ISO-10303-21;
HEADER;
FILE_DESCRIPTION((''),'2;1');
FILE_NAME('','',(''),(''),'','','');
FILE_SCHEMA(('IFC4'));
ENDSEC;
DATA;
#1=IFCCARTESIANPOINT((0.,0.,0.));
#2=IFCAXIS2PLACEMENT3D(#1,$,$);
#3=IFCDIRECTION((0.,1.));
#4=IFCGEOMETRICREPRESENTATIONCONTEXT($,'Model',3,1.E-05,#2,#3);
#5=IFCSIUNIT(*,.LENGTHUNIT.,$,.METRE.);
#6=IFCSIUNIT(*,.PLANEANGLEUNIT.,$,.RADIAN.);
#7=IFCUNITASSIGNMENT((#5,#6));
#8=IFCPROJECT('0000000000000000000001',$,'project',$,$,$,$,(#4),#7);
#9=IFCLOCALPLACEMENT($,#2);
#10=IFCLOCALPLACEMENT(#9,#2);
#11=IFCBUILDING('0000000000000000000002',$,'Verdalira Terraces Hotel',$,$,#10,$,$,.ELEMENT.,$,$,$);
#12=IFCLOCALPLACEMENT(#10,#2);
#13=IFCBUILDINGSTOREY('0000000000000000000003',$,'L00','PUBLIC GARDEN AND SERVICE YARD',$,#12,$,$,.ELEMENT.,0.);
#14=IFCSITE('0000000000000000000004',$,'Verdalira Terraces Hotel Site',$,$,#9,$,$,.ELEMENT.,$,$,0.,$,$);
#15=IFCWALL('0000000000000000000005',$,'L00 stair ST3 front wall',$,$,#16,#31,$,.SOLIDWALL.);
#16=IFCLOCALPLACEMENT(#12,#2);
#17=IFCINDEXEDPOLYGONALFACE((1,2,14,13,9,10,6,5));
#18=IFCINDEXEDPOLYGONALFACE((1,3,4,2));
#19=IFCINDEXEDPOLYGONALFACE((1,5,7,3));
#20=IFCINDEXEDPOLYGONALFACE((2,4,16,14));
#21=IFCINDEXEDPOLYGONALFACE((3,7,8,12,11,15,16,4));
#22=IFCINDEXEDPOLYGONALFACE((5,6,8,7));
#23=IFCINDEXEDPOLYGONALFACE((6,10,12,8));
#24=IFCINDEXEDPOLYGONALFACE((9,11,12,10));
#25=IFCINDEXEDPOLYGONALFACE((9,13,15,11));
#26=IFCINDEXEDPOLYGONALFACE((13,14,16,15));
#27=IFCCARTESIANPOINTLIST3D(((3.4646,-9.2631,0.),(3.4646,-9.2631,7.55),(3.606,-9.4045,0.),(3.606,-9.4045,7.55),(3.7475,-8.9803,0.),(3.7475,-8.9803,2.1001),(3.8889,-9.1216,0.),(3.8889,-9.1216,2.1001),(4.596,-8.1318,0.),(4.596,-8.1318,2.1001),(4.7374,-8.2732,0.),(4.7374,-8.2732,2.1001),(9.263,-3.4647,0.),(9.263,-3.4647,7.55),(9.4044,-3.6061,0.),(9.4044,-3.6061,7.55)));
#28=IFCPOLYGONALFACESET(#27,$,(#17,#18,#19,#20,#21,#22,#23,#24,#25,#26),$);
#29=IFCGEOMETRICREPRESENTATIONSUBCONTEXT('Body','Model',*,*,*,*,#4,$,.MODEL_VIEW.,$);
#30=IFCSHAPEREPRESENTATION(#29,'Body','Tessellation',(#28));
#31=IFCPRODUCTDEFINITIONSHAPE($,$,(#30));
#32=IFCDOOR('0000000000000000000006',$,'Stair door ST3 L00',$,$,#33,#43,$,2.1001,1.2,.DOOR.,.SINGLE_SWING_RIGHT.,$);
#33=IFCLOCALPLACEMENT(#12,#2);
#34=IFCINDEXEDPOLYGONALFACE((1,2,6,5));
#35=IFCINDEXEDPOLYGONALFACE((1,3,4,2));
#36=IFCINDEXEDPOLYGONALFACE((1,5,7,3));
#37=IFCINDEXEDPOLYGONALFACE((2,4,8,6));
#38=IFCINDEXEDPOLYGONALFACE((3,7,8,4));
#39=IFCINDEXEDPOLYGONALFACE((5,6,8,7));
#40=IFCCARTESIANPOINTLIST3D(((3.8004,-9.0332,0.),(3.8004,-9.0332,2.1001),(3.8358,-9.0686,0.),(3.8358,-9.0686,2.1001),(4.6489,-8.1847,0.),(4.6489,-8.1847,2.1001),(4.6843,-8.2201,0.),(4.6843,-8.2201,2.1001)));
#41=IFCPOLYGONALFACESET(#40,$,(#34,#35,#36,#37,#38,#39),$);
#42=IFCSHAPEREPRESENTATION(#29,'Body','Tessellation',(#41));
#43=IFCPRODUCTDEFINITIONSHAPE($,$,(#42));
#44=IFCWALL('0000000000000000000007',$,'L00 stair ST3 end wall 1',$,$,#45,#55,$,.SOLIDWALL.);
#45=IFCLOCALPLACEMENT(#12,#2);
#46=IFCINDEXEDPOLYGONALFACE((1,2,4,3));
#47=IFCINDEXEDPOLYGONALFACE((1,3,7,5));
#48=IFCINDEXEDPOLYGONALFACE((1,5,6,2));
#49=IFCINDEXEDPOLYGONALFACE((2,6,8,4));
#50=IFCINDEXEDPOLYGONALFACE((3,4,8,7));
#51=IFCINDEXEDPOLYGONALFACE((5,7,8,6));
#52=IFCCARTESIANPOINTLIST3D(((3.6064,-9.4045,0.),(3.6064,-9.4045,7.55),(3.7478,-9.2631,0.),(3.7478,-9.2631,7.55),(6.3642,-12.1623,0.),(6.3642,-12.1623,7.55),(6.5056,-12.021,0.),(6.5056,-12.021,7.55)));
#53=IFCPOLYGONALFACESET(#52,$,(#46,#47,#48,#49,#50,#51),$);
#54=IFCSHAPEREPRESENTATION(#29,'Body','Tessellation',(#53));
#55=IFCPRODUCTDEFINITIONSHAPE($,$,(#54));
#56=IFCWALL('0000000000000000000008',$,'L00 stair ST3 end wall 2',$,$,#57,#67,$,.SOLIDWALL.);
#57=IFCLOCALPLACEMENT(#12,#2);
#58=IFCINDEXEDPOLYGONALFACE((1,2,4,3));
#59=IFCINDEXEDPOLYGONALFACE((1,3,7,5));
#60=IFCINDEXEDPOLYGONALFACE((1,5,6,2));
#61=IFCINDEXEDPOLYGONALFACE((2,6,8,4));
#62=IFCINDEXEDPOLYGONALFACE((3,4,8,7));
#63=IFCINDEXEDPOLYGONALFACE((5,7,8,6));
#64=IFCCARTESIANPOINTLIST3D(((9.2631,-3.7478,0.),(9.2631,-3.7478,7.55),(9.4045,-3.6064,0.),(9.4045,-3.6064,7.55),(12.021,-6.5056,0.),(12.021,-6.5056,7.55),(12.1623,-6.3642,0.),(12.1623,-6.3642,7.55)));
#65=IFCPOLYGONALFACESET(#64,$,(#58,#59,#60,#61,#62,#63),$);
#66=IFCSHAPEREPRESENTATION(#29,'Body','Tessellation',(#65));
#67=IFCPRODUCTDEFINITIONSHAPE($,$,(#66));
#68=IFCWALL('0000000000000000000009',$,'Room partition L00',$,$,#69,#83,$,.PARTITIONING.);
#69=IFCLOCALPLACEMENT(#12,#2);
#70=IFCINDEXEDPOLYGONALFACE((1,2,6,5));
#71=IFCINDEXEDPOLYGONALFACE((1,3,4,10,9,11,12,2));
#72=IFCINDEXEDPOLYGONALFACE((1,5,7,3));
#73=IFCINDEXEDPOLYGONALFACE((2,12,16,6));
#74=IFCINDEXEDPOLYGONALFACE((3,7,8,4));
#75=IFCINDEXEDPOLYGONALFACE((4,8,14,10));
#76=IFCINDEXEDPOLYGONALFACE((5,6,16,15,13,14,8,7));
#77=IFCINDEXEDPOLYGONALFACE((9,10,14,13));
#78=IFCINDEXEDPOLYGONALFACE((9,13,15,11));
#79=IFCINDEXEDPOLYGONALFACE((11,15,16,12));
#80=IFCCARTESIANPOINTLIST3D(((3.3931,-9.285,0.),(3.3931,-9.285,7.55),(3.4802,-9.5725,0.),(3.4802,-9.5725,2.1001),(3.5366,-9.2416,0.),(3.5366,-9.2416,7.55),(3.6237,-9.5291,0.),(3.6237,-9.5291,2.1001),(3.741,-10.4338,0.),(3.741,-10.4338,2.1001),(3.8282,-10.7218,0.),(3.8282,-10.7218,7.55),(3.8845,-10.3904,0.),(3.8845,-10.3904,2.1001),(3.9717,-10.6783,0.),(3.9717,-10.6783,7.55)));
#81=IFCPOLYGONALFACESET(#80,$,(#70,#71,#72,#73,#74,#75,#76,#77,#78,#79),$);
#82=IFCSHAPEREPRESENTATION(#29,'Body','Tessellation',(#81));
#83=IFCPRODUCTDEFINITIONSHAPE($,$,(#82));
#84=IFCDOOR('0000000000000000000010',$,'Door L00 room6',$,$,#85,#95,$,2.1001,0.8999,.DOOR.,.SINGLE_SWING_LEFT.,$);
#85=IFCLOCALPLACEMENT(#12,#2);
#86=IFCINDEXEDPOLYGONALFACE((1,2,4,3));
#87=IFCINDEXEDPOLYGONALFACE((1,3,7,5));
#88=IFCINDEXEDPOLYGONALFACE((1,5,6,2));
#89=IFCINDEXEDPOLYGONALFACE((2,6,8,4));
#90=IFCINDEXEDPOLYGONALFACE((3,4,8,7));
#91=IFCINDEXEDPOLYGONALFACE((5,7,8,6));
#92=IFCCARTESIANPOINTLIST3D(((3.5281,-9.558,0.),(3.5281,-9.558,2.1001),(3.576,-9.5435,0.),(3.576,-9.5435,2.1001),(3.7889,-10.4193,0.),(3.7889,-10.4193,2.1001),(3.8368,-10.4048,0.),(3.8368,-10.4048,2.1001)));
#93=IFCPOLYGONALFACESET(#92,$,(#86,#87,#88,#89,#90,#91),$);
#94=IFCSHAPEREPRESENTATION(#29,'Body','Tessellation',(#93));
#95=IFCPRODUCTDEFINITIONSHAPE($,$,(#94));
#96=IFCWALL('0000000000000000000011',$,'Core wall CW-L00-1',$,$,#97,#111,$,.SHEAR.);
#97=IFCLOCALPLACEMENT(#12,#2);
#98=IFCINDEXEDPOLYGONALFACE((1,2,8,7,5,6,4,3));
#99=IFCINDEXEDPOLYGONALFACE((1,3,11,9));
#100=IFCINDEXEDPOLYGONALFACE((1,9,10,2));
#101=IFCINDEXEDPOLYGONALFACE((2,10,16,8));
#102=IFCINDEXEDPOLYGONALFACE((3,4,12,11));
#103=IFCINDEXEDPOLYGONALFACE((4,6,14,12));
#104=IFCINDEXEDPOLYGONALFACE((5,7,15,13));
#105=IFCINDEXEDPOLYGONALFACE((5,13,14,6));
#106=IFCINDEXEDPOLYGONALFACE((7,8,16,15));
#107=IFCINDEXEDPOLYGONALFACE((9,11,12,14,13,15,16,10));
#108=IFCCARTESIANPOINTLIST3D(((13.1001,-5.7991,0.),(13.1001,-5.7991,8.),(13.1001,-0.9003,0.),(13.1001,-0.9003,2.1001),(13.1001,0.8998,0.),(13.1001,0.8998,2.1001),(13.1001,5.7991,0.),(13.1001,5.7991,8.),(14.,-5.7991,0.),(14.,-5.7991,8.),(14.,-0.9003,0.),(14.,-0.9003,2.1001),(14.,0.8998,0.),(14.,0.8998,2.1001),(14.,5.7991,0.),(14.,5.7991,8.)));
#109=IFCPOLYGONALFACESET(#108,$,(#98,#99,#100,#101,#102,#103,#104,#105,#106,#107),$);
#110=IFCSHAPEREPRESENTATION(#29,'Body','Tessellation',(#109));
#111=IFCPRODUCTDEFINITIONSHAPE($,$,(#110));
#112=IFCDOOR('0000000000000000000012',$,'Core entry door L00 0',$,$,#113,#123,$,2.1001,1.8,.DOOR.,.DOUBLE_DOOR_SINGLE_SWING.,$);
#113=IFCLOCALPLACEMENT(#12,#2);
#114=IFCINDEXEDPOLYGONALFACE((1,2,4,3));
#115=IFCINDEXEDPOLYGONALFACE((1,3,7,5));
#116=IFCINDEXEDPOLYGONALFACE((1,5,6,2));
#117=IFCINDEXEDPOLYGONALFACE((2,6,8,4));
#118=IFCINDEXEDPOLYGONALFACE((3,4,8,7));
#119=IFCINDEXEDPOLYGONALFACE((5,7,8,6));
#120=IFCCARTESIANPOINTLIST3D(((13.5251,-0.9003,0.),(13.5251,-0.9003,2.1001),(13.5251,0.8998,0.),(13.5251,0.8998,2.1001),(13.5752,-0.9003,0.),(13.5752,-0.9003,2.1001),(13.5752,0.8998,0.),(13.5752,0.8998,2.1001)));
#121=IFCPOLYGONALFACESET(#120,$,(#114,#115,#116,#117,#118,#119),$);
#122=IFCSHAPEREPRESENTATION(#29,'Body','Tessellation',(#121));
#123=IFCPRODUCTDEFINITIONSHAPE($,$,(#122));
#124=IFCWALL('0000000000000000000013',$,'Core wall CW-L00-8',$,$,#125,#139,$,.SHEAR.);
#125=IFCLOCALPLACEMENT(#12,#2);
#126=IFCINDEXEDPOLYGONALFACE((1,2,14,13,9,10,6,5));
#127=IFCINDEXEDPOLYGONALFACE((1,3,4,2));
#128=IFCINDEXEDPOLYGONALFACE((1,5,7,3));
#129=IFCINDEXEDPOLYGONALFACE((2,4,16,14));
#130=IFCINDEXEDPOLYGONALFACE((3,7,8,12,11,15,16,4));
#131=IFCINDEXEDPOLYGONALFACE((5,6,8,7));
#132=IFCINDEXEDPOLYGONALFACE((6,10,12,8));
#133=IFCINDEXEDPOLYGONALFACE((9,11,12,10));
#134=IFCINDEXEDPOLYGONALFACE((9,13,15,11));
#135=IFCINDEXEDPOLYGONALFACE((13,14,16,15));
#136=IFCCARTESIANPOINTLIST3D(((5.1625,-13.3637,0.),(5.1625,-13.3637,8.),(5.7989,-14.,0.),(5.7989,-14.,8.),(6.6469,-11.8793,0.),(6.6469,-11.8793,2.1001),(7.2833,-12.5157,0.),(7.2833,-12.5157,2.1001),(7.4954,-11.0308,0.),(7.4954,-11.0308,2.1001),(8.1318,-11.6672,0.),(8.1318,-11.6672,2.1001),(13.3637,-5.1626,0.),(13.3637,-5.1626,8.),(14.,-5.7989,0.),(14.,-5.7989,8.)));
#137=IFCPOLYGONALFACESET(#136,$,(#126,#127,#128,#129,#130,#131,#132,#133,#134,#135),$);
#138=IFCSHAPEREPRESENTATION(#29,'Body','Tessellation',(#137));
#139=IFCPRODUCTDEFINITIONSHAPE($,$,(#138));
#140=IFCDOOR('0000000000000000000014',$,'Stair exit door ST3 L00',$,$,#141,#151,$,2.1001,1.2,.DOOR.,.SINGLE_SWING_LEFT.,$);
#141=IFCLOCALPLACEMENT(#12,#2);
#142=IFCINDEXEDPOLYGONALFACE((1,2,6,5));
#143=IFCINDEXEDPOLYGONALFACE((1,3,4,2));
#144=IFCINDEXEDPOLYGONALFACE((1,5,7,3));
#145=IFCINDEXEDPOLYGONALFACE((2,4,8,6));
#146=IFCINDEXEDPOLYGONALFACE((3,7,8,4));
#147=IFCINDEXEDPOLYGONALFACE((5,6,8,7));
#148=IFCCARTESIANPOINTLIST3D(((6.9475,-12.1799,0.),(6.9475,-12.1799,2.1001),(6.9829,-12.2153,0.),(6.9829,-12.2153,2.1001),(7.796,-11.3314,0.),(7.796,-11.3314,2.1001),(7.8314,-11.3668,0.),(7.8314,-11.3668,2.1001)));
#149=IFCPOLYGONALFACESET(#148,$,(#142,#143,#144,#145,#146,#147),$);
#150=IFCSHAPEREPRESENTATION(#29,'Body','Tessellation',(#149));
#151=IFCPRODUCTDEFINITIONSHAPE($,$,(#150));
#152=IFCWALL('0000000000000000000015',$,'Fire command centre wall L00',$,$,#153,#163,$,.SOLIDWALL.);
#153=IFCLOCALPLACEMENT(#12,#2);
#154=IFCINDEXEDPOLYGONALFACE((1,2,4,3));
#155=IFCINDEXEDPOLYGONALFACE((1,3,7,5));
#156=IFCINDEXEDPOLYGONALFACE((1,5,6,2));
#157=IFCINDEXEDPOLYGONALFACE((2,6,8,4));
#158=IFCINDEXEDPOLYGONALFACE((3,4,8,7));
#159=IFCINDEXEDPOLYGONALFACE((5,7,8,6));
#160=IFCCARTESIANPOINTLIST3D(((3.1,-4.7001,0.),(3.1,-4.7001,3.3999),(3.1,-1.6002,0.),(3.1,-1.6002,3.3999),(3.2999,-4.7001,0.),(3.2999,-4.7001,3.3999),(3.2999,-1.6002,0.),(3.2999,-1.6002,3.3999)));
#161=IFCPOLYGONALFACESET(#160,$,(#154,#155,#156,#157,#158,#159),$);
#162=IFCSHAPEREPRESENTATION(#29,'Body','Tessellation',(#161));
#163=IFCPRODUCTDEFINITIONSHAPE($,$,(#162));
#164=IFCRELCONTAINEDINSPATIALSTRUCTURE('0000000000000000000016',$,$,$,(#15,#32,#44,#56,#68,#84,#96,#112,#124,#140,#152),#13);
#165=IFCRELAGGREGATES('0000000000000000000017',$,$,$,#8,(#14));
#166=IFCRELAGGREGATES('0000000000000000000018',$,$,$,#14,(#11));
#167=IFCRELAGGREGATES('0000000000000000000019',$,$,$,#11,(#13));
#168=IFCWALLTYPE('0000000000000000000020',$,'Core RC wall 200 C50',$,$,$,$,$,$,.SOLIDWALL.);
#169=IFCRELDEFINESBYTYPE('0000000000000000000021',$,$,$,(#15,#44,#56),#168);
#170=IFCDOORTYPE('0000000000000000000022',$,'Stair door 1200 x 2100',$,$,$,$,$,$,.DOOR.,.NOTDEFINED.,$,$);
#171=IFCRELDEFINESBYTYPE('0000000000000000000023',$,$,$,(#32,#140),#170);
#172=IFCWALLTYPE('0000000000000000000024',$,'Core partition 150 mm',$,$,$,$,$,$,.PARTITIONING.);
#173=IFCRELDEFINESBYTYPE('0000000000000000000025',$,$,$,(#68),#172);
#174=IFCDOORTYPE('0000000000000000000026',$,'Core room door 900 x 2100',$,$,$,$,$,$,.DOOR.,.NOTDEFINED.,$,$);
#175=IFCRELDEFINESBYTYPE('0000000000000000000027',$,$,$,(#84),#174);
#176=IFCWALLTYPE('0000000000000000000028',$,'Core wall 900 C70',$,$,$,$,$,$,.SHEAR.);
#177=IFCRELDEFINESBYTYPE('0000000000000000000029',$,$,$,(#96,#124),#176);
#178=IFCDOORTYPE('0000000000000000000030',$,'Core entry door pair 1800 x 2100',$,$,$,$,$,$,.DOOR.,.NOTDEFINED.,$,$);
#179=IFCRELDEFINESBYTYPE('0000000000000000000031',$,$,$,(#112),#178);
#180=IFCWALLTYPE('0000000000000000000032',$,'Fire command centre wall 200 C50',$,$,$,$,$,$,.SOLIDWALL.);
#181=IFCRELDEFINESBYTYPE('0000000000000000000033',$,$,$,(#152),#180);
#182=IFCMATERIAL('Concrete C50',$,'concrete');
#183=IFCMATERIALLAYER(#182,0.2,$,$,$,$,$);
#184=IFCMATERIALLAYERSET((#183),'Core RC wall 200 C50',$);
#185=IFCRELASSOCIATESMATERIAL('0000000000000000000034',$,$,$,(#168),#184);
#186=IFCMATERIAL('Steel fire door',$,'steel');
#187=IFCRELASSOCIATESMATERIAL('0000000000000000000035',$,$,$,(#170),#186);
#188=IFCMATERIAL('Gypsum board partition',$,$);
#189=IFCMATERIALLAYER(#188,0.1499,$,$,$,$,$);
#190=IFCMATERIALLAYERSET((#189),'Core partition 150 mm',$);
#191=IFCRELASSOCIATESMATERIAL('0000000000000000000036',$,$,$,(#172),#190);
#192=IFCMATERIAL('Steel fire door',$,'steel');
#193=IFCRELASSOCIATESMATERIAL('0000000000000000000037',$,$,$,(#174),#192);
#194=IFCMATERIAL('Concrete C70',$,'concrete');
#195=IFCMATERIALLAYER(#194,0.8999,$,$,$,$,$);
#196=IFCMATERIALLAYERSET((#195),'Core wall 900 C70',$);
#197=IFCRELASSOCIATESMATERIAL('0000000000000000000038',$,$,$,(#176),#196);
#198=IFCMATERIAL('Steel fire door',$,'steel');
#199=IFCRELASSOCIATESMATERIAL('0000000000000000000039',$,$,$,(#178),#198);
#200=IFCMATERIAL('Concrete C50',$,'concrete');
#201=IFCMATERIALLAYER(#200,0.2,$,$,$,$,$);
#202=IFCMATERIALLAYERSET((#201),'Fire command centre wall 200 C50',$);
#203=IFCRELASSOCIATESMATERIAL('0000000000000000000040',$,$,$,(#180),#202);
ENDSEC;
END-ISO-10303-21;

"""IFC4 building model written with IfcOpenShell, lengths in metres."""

from ifc_helpers import new_model, si_unit, direction, frame, frame_2d, origin, place, context, subcontext, project, spatial, rectangle, extrude, material, layer, layer_set, type_object, element, fill, save


model = new_model("IFC4")

# Units and contexts
model_context = context("Model", 3, precision=1e-05, world=origin(), true_north=direction((0.0, 1.0)))
body_context = subcontext(model_context, "Body", "Model", "MODEL_VIEW")
ifc_project = project(units=[si_unit("LENGTHUNIT", "METRE"), si_unit("PLANEANGLEUNIT", "RADIAN")], contexts=[model_context])

# Site, building, storey
site_placement = place(None, origin())
site = spatial("IfcSite", under=ifc_project, at=site_placement, Name="Verdalira Terraces Hotel Site", CompositionType="ELEMENT", RefElevation=0.0)
building_placement = place(site_placement, origin())
building = spatial("IfcBuilding", under=site, at=building_placement, Name="Verdalira Terraces Hotel", CompositionType="ELEMENT")
storey_placement = place(building_placement, origin())
storey = spatial("IfcBuildingStorey", under=building, at=storey_placement, Name="L00", Description="PUBLIC GARDEN AND SERVICE YARD", CompositionType="ELEMENT", Elevation=0.0)

# Wall, opening, door
ifc_material_1 = material(Name="Concrete C50", Category="concrete")
ifc_layer_1 = layer(ifc_material_1, 0.2)
ifc_layer_set_1 = layer_set([ifc_layer_1], Name="Core RC wall 200 C50")
wall_type_1 = type_object("IfcWallType", Name="Core RC wall 200 C50", PredefinedType="SOLIDWALL", material=ifc_layer_set_1)
wall_1_placement = place(storey_placement, frame((9.3337, -3.5354, 0.0), z_axis=(0.0, 0.0, 1.0), x_axis=(-0.707107, -0.707107, 0.0)))
wall_1 = element("IfcWall", 1, at=wall_1_placement, inside=storey, type_object=wall_type_1, Name="L00 stair ST3 front wall", PredefinedType="SOLIDWALL", context=body_context, shape_type="SweptSolid", body=[
    extrude(rectangle(XDim=8.2002, YDim=0.2, at=frame_2d((4.1001, 0.0))), origin(), (0.0, 0.0, 1.0), 7.55),
])
opening_1_placement = place(wall_1_placement, frame((6.6001, 0.0, 0.0)))
opening_1 = element("IfcOpeningElement", 2, at=opening_1_placement, cuts=wall_1, PredefinedType="OPENING", context=body_context, shape_type="SweptSolid", body=[
    extrude(rectangle(XDim=1.2, YDim=2.1001, at=frame_2d((0.6001, 1.05))), frame((0.0, 0.1099, 0.0), z_axis=(0.0, -1.0, 0.0), x_axis=(1.0, 0.0, 0.0)), (0.0, 0.0, 1.0), 0.22),
])
ifc_material_2 = material(Name="Steel fire door", Category="steel")
door_type_1 = type_object("IfcDoorType", Name="Stair door 1200 x 2100", OperationType="NOTDEFINED", PredefinedType="DOOR", material=ifc_material_2)
door_1_placement = place(opening_1_placement, origin())
door_1 = element("IfcDoor", 3, at=door_1_placement, inside=storey, type_object=door_type_1, Name="Stair door ST3 L00", OperationType="SINGLE_SWING_RIGHT", OverallHeight=2.1001, OverallWidth=1.2, PredefinedType="DOOR", context=body_context, shape_type="SweptSolid", body=[
    extrude(rectangle(XDim=1.2, YDim=2.1001, at=frame_2d((0.6001, 1.05))), frame((0.0, 0.0249, 0.0), z_axis=(0.0, -1.0, 0.0), x_axis=(1.0, 0.0, 0.0)), (0.0, 0.0, 1.0), 0.05),
])
fill(opening_1, door_1)

# Walls
for number, where, z_axis, x_axis, name in (
    (4, (3.677, -9.3337, 0.0), (0.0, 0.0, 1.0), (0.707107, -0.707107, 0.0), "L00 stair ST3 end wall 1"),
    (5, (9.3337, -3.677, 0.0), (0.0, 0.0, 1.0), (0.707107, -0.707107, 0.0), "L00 stair ST3 end wall 2"),
):
    element("IfcWall", number, at=place(storey_placement, frame(where, z_axis=z_axis, x_axis=x_axis)), inside=storey, type_object=wall_type_1, Name=name, PredefinedType="SOLIDWALL", context=body_context, shape_type="SweptSolid", body=[
        extrude(rectangle(XDim=3.9001, YDim=0.2, at=frame_2d((1.9502, 0.0))), origin(), (0.0, 0.0, 1.0), 7.55),
    ])

# Walls, openings, doors
ifc_material_3 = material(Name="Gypsum board partition")
ifc_layer_2 = layer(ifc_material_3, 0.1499)
ifc_layer_set_2 = layer_set([ifc_layer_2], Name="Core partition 150 mm")
wall_type_2 = type_object("IfcWallType", Name="Core partition 150 mm", PredefinedType="PARTITIONING", material=ifc_layer_set_2)
wall_2_placement = place(storey_placement, frame((3.8999, -10.7, 0.0), z_axis=(0.0, 0.0, 1.0), x_axis=(-0.289809, 0.957085, 0.0)))
wall_2 = element("IfcWall", 6, at=wall_2_placement, inside=storey, type_object=wall_type_2, Name="Room partition L00", PredefinedType="PARTITIONING", context=body_context, shape_type="SweptSolid", body=[
    extrude(rectangle(XDim=1.5012, YDim=0.1499, at=frame_2d((0.7505, 0.0))), origin(), (0.0, 0.0, 1.0), 7.55),
])
opening_2_placement = place(wall_2_placement, frame((0.3008, 0.0, 0.0)))
opening_2 = element("IfcOpeningElement", 7, at=opening_2_placement, cuts=wall_2, PredefinedType="OPENING", context=body_context, shape_type="SweptSolid", body=[
    extrude(rectangle(XDim=0.8999, YDim=2.1001, at=frame_2d((0.45, 1.05))), frame((0.0, 0.085, 0.0), z_axis=(0.0, -1.0, 0.0), x_axis=(1.0, 0.0, 0.0)), (0.0, 0.0, 1.0), 0.1699),
])
ifc_material_4 = material(Name="Steel fire door", Category="steel")
door_type_2 = type_object("IfcDoorType", Name="Core room door 900 x 2100", OperationType="NOTDEFINED", PredefinedType="DOOR", material=ifc_material_4)
door_2_placement = place(opening_2_placement, origin())
door_2 = element("IfcDoor", 8, at=door_2_placement, inside=storey, type_object=door_type_2, Name="Door L00 room6", OperationType="SINGLE_SWING_LEFT", OverallHeight=2.1001, OverallWidth=0.8999, PredefinedType="DOOR", context=body_context, shape_type="SweptSolid", body=[
    extrude(rectangle(XDim=0.8999, YDim=2.1001, at=frame_2d((0.45, 1.05))), frame((0.0, 0.0249, 0.0), z_axis=(0.0, -1.0, 0.0), x_axis=(1.0, 0.0, 0.0)), (0.0, 0.0, 1.0), 0.05),
])
fill(opening_2, door_2)
ifc_material_5 = material(Name="Concrete C70", Category="concrete")
ifc_layer_3 = layer(ifc_material_5, 0.8999)
ifc_layer_set_3 = layer_set([ifc_layer_3], Name="Core wall 900 C70")
wall_type_3 = type_object("IfcWallType", Name="Core wall 900 C70", PredefinedType="SHEAR", material=ifc_layer_set_3)
wall_3_placement = place(storey_placement, frame((13.55, -5.7991, 0.0), z_axis=(0.0, 0.0, 1.0), x_axis=(0.0, 1.0, 0.0)))
wall_3 = element("IfcWall", 9, at=wall_3_placement, inside=storey, type_object=wall_type_3, Name="Core wall CW-L00-1", PredefinedType="SHEAR", context=body_context, shape_type="SweptSolid", body=[
    extrude(rectangle(XDim=11.5981, YDim=0.8999, at=frame_2d((5.7991, 0.0))), origin(), (0.0, 0.0, 1.0), 8.0),
])
opening_3_placement = place(wall_3_placement, frame((4.8989, 0.0, 0.0)))
opening_3 = element("IfcOpeningElement", 10, at=opening_3_placement, cuts=wall_3, PredefinedType="OPENING", context=body_context, shape_type="SweptSolid", body=[
    extrude(rectangle(XDim=1.8, YDim=2.1001, at=frame_2d((0.8999, 1.05))), frame((0.0, 0.46, 0.0), z_axis=(0.0, -1.0, 0.0), x_axis=(1.0, 0.0, 0.0)), (0.0, 0.0, 1.0), 0.9199),
])
ifc_material_6 = material(Name="Steel fire door", Category="steel")
door_type_3 = type_object("IfcDoorType", Name="Core entry door pair 1800 x 2100", OperationType="NOTDEFINED", PredefinedType="DOOR", material=ifc_material_6)
door_3_placement = place(opening_3_placement, origin())
door_3 = element("IfcDoor", 11, at=door_3_placement, inside=storey, type_object=door_type_3, Name="Core entry door L00 0", OperationType="DOUBLE_DOOR_SINGLE_SWING", OverallHeight=2.1001, OverallWidth=1.8, PredefinedType="DOOR", context=body_context, shape_type="SweptSolid", body=[
    extrude(rectangle(XDim=1.8, YDim=2.1001, at=frame_2d((0.8999, 1.05))), frame((0.0, 0.0249, 0.0), z_axis=(0.0, -1.0, 0.0), x_axis=(1.0, 0.0, 0.0)), (0.0, 0.0, 1.0), 0.05),
])
fill(opening_3, door_3)
wall_4_placement = place(storey_placement, frame((5.4807, -13.6819, 0.0), z_axis=(0.0, 0.0, 1.0), x_axis=(0.707107, 0.707107, 0.0)))
wall_4 = element("IfcWall", 12, at=wall_4_placement, inside=storey, type_object=wall_type_3, Name="Core wall CW-L00-8", PredefinedType="SHEAR", context=body_context, shape_type="SweptSolid", body=[
    extrude(rectangle(XDim=11.5981, YDim=0.8999, at=frame_2d((5.7991, 0.0))), origin(), (0.0, 0.0, 1.0), 8.0),
])
opening_4_placement = place(wall_4_placement, frame((2.0991, 0.0, 0.0)))
opening_4 = element("IfcOpeningElement", 13, at=opening_4_placement, cuts=wall_4, PredefinedType="OPENING", context=body_context, shape_type="SweptSolid", body=[
    extrude(rectangle(XDim=1.2, YDim=2.1001, at=frame_2d((0.6001, 1.05))), frame((0.0, 0.46, 0.0), z_axis=(0.0, -1.0, 0.0), x_axis=(1.0, 0.0, 0.0)), (0.0, 0.0, 1.0), 0.9199),
])
door_4_placement = place(opening_4_placement, origin())
door_4 = element("IfcDoor", 14, at=door_4_placement, inside=storey, type_object=door_type_1, Name="Stair exit door ST3 L00", OperationType="SINGLE_SWING_LEFT", OverallHeight=2.1001, OverallWidth=1.2, PredefinedType="DOOR", context=body_context, shape_type="SweptSolid", body=[
    extrude(rectangle(XDim=1.2, YDim=2.1001, at=frame_2d((0.6001, 1.05))), frame((0.0, 0.0249, 0.0), z_axis=(0.0, -1.0, 0.0), x_axis=(1.0, 0.0, 0.0)), (0.0, 0.0, 1.0), 0.05),
])
fill(opening_4, door_4)

# Wall
ifc_material_7 = material(Name="Concrete C50", Category="concrete")
ifc_layer_4 = layer(ifc_material_7, 0.2)
ifc_layer_set_4 = layer_set([ifc_layer_4], Name="Fire command centre wall 200 C50")
wall_type_4 = type_object("IfcWallType", Name="Fire command centre wall 200 C50", PredefinedType="SOLIDWALL", material=ifc_layer_set_4)
wall_5_placement = place(storey_placement, frame((3.2, -4.7, 0.0), z_axis=(0.0, 0.0, 1.0), x_axis=(0.0, 1.0, 0.0)))
element("IfcWall", 15, at=wall_5_placement, inside=storey, type_object=wall_type_4, Name="Fire command centre wall L00", PredefinedType="SOLIDWALL", context=body_context, shape_type="SweptSolid", body=[
    extrude(rectangle(XDim=3.0999, YDim=0.2, at=frame_2d((1.5498, 0.0))), origin(), (0.0, 0.0, 1.0), 3.3999),
])

save(model, "model.ifc")
